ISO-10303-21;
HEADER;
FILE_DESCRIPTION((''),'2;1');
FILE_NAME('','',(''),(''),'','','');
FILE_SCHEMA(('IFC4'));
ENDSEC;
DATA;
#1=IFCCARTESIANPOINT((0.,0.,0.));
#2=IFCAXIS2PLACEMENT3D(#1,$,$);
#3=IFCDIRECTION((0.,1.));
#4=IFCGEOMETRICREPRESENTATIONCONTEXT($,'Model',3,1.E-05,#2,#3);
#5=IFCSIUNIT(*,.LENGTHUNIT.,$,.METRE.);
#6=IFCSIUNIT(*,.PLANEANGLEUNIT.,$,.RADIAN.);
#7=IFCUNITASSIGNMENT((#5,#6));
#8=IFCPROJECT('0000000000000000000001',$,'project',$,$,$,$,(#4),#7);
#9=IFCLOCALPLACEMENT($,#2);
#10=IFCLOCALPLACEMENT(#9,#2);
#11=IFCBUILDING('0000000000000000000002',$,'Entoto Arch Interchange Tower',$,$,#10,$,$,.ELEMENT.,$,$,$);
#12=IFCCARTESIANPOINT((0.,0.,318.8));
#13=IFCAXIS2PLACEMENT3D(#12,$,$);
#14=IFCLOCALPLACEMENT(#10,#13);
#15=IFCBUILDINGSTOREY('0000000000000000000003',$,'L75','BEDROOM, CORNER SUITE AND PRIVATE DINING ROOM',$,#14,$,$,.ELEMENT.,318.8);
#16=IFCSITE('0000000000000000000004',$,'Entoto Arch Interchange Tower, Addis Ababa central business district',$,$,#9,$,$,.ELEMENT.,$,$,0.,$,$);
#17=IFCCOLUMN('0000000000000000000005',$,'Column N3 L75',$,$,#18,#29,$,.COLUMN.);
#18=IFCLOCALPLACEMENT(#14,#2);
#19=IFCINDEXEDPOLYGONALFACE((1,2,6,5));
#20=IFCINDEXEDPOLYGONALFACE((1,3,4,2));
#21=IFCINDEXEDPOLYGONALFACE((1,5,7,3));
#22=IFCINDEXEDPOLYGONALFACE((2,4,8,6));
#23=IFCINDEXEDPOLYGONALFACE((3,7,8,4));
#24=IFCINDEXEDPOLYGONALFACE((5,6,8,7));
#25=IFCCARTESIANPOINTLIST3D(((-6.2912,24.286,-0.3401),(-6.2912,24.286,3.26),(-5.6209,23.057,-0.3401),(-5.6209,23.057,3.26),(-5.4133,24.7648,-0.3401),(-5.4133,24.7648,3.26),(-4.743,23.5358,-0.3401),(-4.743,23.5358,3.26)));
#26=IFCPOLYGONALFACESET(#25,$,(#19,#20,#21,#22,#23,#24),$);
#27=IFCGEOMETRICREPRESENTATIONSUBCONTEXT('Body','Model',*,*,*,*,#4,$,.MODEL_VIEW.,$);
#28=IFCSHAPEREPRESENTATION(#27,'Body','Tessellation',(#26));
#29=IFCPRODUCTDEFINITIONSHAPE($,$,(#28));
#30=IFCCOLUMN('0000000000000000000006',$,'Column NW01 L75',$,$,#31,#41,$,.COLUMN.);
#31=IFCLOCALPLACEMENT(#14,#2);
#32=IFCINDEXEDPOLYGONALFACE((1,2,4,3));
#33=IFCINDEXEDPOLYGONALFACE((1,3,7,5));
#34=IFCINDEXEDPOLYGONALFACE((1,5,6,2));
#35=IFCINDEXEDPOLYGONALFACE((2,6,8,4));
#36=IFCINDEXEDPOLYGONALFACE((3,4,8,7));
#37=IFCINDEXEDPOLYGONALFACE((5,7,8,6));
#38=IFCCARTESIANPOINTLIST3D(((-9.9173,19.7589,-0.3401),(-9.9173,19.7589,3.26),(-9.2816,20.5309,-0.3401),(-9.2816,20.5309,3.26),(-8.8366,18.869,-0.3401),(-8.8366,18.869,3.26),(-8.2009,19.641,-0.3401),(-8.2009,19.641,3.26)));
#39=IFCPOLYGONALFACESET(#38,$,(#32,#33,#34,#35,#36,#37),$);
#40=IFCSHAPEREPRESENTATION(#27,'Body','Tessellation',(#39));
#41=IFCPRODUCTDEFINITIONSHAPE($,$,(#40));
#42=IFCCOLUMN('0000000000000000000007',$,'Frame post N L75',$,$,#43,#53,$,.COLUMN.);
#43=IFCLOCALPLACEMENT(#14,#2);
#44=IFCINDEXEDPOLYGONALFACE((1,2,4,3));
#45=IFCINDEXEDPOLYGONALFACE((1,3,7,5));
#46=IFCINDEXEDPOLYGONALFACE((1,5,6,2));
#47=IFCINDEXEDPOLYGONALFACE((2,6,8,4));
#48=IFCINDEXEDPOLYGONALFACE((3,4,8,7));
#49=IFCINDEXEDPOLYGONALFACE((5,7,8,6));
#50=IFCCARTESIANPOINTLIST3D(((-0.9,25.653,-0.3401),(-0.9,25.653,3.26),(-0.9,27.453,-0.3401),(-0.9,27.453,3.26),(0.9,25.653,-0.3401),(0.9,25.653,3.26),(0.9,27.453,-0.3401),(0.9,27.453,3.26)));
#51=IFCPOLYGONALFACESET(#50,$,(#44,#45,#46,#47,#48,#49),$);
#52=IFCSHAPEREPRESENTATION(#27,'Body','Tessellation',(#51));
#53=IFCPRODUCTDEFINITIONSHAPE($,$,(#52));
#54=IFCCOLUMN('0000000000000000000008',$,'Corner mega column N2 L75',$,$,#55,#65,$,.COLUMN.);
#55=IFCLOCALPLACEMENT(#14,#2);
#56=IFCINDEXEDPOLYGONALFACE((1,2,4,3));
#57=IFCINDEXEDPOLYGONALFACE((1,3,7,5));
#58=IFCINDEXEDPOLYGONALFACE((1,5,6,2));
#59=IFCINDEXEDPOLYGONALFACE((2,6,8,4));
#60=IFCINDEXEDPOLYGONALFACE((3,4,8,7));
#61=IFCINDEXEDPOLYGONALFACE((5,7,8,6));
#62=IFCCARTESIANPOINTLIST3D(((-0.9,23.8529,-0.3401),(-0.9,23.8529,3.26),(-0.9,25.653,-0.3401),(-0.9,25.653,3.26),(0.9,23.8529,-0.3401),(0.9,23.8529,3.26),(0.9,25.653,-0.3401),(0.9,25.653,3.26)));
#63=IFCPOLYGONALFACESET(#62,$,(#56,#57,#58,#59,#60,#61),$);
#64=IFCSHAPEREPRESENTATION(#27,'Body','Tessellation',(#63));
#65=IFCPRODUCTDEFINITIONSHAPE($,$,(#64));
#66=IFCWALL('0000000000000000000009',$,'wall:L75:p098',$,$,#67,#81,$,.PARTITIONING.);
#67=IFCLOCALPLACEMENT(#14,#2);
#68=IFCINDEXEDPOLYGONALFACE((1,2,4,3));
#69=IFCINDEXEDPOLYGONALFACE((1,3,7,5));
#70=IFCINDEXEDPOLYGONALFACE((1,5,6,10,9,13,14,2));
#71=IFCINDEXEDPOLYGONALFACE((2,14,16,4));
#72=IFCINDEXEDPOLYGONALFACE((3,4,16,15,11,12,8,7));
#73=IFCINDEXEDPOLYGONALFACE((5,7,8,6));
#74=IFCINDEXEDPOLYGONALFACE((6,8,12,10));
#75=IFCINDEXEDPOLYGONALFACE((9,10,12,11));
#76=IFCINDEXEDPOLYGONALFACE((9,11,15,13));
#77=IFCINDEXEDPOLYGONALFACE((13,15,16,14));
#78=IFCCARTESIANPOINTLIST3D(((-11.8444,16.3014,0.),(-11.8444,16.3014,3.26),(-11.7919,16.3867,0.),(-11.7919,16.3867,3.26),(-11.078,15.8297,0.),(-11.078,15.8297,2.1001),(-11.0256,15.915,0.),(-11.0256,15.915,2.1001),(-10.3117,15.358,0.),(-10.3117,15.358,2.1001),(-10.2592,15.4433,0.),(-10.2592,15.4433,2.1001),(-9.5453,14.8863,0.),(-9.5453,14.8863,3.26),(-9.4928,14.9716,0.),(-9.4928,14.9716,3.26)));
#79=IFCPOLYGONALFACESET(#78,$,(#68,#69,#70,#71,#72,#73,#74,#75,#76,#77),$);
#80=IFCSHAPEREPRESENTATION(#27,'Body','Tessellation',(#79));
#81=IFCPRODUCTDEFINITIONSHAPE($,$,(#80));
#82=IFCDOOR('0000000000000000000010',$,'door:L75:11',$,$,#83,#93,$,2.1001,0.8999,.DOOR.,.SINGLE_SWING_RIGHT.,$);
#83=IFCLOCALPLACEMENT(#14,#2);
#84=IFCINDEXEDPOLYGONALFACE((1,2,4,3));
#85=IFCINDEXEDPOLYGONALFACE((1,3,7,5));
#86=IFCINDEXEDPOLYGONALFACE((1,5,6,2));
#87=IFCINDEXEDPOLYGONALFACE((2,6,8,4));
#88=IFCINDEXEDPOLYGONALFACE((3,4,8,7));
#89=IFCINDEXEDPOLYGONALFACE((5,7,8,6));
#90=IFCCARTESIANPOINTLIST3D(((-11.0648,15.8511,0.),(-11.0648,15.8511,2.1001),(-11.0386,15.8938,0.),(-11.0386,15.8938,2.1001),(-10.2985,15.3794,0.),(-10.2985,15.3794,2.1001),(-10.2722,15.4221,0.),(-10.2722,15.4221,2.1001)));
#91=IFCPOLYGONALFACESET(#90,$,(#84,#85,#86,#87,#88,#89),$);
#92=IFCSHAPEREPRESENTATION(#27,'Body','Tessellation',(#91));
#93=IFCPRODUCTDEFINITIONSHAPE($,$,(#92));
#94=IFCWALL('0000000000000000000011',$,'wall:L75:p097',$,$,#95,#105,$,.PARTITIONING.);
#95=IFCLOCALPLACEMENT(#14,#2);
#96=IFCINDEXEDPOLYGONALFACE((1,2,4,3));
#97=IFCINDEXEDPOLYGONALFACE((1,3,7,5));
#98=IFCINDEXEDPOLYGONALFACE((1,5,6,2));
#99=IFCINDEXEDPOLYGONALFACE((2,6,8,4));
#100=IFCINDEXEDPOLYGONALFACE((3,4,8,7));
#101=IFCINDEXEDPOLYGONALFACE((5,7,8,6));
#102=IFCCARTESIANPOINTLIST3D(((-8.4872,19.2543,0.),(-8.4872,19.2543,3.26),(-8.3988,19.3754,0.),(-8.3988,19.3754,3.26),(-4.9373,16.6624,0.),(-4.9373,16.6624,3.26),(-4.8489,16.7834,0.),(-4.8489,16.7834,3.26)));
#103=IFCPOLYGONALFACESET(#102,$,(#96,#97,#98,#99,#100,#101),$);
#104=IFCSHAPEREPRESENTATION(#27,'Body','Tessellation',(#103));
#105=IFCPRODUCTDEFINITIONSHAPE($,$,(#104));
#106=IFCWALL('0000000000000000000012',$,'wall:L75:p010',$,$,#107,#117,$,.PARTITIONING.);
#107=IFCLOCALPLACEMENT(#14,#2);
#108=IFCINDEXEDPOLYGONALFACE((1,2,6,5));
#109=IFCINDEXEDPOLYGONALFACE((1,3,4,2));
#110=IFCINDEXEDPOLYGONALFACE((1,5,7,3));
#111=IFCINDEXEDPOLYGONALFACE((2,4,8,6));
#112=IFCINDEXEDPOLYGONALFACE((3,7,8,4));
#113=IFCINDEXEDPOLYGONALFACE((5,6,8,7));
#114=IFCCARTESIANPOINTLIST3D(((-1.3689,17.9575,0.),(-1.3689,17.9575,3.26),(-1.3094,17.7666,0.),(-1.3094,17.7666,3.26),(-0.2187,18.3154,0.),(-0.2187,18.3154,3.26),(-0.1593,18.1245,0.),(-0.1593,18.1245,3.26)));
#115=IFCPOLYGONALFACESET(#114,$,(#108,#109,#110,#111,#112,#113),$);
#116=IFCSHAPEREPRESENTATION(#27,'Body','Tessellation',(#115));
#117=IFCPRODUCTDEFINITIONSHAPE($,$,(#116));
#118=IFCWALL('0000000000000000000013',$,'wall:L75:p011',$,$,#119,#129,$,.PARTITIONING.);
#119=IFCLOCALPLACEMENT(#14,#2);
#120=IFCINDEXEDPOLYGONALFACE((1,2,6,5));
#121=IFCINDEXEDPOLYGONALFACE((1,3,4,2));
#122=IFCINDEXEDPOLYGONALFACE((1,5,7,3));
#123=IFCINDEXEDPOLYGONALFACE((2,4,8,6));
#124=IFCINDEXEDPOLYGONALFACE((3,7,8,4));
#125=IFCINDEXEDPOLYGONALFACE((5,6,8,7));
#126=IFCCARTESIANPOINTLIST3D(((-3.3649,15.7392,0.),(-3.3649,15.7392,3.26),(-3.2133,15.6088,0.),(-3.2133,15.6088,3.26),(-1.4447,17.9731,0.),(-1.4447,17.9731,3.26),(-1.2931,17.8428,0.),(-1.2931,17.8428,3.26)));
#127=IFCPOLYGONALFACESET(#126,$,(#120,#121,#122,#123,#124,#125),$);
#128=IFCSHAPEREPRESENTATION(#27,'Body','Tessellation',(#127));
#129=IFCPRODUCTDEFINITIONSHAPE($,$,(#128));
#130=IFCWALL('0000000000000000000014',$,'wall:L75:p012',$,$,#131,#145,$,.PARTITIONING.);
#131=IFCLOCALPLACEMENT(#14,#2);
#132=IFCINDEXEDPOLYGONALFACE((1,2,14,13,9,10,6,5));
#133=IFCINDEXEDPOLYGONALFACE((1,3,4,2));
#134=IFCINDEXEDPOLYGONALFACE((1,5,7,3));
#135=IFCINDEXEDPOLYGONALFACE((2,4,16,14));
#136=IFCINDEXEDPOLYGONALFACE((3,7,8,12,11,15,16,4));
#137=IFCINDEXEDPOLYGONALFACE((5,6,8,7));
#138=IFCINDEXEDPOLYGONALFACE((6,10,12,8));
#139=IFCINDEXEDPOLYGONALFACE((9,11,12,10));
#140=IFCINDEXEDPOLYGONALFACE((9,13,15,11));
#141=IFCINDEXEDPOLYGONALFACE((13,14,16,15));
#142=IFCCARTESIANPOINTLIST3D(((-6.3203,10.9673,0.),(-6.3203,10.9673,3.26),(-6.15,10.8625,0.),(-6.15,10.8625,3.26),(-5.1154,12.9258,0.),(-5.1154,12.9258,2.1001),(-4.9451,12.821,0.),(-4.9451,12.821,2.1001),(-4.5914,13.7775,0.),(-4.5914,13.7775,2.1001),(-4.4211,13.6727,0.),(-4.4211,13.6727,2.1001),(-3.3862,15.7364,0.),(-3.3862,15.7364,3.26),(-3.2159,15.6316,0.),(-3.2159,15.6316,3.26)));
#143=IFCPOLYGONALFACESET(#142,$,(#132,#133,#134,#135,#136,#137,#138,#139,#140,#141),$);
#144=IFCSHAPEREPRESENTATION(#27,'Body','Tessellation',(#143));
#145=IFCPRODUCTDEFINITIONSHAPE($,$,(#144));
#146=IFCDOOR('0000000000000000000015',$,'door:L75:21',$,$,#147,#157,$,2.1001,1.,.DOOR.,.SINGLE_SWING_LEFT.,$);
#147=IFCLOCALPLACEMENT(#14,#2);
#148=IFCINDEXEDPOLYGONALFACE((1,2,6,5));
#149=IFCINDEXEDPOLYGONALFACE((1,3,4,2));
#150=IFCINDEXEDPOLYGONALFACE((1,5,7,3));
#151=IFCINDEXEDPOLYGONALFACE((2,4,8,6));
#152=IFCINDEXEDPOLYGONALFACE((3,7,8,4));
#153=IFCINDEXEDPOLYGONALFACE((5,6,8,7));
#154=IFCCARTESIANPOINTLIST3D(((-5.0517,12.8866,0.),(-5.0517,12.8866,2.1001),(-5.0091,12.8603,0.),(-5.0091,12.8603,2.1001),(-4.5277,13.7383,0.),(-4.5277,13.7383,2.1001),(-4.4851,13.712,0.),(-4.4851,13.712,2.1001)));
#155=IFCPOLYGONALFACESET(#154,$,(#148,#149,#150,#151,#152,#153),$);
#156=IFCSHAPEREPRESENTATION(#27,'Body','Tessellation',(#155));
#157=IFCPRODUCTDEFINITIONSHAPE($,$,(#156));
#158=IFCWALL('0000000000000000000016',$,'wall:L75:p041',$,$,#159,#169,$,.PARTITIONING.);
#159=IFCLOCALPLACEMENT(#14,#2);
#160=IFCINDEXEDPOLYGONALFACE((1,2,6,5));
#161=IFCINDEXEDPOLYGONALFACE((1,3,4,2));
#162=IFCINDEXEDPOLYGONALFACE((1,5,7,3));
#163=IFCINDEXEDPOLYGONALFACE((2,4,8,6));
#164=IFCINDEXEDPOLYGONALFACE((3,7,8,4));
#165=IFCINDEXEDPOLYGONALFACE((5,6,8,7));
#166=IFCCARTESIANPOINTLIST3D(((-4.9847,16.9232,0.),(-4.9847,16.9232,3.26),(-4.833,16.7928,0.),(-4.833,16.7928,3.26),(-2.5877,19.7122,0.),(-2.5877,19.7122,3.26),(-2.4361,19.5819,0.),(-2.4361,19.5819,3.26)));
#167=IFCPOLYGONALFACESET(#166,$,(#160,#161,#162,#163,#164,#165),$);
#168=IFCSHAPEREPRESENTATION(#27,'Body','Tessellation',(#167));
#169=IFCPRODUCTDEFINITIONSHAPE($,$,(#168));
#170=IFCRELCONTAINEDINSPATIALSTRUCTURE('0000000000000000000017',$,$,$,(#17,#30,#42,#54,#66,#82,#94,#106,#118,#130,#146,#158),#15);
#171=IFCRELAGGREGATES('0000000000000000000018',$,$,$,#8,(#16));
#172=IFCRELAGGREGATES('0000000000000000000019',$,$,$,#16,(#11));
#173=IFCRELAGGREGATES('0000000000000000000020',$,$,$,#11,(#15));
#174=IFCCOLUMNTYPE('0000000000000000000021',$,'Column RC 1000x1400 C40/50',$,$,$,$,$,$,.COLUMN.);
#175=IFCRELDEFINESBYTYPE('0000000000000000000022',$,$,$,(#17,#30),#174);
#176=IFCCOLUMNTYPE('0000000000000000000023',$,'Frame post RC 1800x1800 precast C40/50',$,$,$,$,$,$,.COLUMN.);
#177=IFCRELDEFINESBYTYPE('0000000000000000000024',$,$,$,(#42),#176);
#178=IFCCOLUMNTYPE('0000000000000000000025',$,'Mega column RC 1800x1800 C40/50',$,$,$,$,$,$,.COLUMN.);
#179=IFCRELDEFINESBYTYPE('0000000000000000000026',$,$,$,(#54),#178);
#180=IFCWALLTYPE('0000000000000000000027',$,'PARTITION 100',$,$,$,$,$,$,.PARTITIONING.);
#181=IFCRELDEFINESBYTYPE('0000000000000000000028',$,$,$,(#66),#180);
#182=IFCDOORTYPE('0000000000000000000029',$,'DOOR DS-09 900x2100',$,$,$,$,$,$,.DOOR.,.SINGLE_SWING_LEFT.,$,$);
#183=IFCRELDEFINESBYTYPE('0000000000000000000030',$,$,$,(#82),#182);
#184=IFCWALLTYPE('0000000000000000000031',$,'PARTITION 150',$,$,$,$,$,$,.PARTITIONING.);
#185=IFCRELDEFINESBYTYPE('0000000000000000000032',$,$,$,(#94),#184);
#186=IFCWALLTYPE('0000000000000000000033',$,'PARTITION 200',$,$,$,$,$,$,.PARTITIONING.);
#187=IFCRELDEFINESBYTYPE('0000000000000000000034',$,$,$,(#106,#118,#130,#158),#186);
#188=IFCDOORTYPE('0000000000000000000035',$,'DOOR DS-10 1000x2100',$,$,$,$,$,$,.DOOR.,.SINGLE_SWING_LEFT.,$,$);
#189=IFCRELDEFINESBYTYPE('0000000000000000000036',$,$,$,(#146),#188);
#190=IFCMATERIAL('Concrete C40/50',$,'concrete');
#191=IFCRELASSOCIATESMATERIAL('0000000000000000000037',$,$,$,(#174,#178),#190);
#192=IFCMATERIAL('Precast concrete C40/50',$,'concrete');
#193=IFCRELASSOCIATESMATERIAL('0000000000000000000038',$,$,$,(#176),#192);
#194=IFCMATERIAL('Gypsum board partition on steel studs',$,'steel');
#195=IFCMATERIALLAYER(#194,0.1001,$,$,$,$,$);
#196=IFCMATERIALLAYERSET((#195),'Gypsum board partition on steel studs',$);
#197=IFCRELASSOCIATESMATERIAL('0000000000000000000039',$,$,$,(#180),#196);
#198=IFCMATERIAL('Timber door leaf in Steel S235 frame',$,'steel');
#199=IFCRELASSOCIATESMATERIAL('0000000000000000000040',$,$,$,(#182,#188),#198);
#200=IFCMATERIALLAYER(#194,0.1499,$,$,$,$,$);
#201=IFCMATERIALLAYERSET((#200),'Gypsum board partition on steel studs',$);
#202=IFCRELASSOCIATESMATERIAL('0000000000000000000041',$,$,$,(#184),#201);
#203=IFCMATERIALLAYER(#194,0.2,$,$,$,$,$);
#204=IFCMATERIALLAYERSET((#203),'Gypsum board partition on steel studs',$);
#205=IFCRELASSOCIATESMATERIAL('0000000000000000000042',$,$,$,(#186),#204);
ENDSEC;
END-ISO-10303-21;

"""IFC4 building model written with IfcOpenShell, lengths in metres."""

from ifc_helpers import new_model, si_unit, direction, frame, frame_2d, origin, origin_2d, place, context, subcontext, project, spatial, rectangle, extrude, material, layer, layer_set, material_profile, profile_set, type_object, element, fill, save


model = new_model("IFC4")

# Units and contexts
model_context = context("Model", 3, precision=1e-05, world=origin(), true_north=direction((0.0, 1.0)))
body_context = subcontext(model_context, "Body", "Model", "MODEL_VIEW")
ifc_project = project(units=[si_unit("LENGTHUNIT", "METRE"), si_unit("PLANEANGLEUNIT", "RADIAN")], contexts=[model_context])

# Site, building, storey
site_placement = place(None, origin())
site = spatial("IfcSite", under=ifc_project, at=site_placement, Name="Entoto Arch Interchange Tower, Addis Ababa central business district", CompositionType="ELEMENT", RefElevation=0.0)
building_placement = place(site_placement, origin())
building = spatial("IfcBuilding", under=site, at=building_placement, Name="Entoto Arch Interchange Tower", CompositionType="ELEMENT")
storey_placement = place(building_placement, frame((0.0, 0.0, 318.8)))
storey = spatial("IfcBuildingStorey", under=building, at=storey_placement, Name="L75", Description="BEDROOM, CORNER SUITE AND PRIVATE DINING ROOM", CompositionType="ELEMENT", Elevation=318.8)

# Columns
ifc_material_1 = material(Name="Concrete C40/50", Category="concrete")
ifc_material_profile_1 = material_profile(ifc_material_1, rectangle(XDim=1.0, YDim=1.3999, at=origin_2d()))
ifc_profile_set_1 = profile_set([ifc_material_profile_1], Name="Concrete C40/50")
column_type_1 = type_object("IfcColumnType", Name="Column RC 1000x1400 C40/50", PredefinedType="COLUMN", material=ifc_profile_set_1)
for number, where, z_axis, x_axis, name in (
    (1, (-5.5171, 23.9109, -0.3401), (0.0, 0.0, 1.0), (0.877899, 0.478845, 0.0), "Column N3 L75"),
    (2, (-9.0591, 19.7, -0.3401), (0.0, 0.0, 1.0), (0.635647, 0.77198, 0.0), "Column NW01 L75"),
):
    element("IfcColumn", number, at=place(storey_placement, frame(where, z_axis=z_axis, x_axis=x_axis)), inside=storey, type_object=column_type_1, Name=name, PredefinedType="COLUMN", context=body_context, shape_type="SweptSolid", body=[
        extrude(rectangle(XDim=1.0, YDim=1.3999, at=origin_2d()), origin(), (0.0, 0.0, 1.0), 3.6001),
    ])
ifc_material_2 = material(Name="Precast concrete C40/50", Category="concrete")
ifc_material_profile_2 = material_profile(ifc_material_2, rectangle(XDim=1.8, YDim=1.8, at=origin_2d()))
ifc_profile_set_2 = profile_set([ifc_material_profile_2], Name="Precast concrete C40/50")
column_type_2 = type_object("IfcColumnType", Name="Frame post RC 1800x1800 precast C40/50", PredefinedType="COLUMN", material=ifc_profile_set_2)
column_1_placement = place(storey_placement, frame((0.0, 26.553, -0.3401), z_axis=(0.0, 0.0, 1.0), x_axis=(0.0, 1.0, 0.0)))
element("IfcColumn", 3, at=column_1_placement, inside=storey, type_object=column_type_2, Name="Frame post N L75", PredefinedType="COLUMN", context=body_context, shape_type="SweptSolid", body=[
    extrude(rectangle(XDim=1.8, YDim=1.8, at=origin_2d()), origin(), (0.0, 0.0, 1.0), 3.6001),
])
ifc_material_profile_3 = material_profile(ifc_material_1, rectangle(XDim=1.8, YDim=1.8, at=origin_2d()))
ifc_profile_set_3 = profile_set([ifc_material_profile_3], Name="Concrete C40/50")
column_type_3 = type_object("IfcColumnType", Name="Mega column RC 1800x1800 C40/50", PredefinedType="COLUMN", material=ifc_profile_set_3)
column_2_placement = place(storey_placement, frame((0.0, 24.7529, -0.3401), z_axis=(0.0, 0.0, 1.0), x_axis=(0.0, 1.0, 0.0)))
element("IfcColumn", 4, at=column_2_placement, inside=storey, type_object=column_type_3, Name="Corner mega column N2 L75", PredefinedType="COLUMN", context=body_context, shape_type="SweptSolid", body=[
    extrude(rectangle(XDim=1.8, YDim=1.8, at=origin_2d()), origin(), (0.0, 0.0, 1.0), 3.6001),
])

# Wall, opening, door
ifc_material_3 = material(Name="Gypsum board partition on steel studs", Category="steel")
ifc_layer_1 = layer(ifc_material_3, 0.1001)
ifc_layer_set_1 = layer_set([ifc_layer_1], Name="Gypsum board partition on steel studs")
wall_type_1 = type_object("IfcWallType", Name="PARTITION 100", PredefinedType="PARTITIONING", material=ifc_layer_set_1)
wall_1_placement = place(storey_placement, frame((-9.519, 14.929, 0.0), z_axis=(0.0, 0.0, 1.0), x_axis=(-0.851621, 0.524158, 0.0)))
wall_1 = element("IfcWall", 5, at=wall_1_placement, inside=storey, type_object=wall_type_1, Name="wall:L75:p098", PredefinedType="PARTITIONING", context=body_context, shape_type="SweptSolid", body=[
    extrude(rectangle(XDim=2.6997, YDim=0.1001, at=frame_2d((1.3499, 0.0))), origin(), (0.0, 0.0, 1.0), 3.26),
])
opening_1_placement = place(wall_1_placement, frame((0.8999, 0.0, 0.0)))
opening_1 = element("IfcOpeningElement", 6, at=opening_1_placement, cuts=wall_1, PredefinedType="OPENING", context=body_context, shape_type="SweptSolid", body=[
    extrude(rectangle(XDim=0.8999, YDim=2.1001, at=frame_2d((0.45, 1.05))), frame((0.0, 0.0601, 0.0), z_axis=(0.0, -1.0, 0.0), x_axis=(1.0, 0.0, 0.0)), (0.0, 0.0, 1.0), 0.1201),
])
ifc_material_4 = material(Name="Timber door leaf in Steel S235 frame", Category="steel")
door_type_1 = type_object("IfcDoorType", Name="DOOR DS-09 900x2100", OperationType="SINGLE_SWING_LEFT", PredefinedType="DOOR", material=ifc_material_4)
door_1_placement = place(opening_1_placement, origin())
door_1 = element("IfcDoor", 7, at=door_1_placement, inside=storey, type_object=door_type_1, Name="door:L75:11", OperationType="SINGLE_SWING_RIGHT", OverallHeight=2.1001, OverallWidth=0.8999, PredefinedType="DOOR", context=body_context, shape_type="SweptSolid", body=[
    extrude(rectangle(XDim=0.8999, YDim=2.1001, at=frame_2d((0.45, 1.05))), frame((0.0, 0.0249, 0.0), z_axis=(0.0, -1.0, 0.0), x_axis=(1.0, 0.0, 0.0)), (0.0, 0.0, 1.0), 0.05),
])
fill(opening_1, door_1)

# Walls
ifc_layer_2 = layer(ifc_material_3, 0.1499)
ifc_layer_set_2 = layer_set([ifc_layer_2], Name="Gypsum board partition on steel studs")
wall_type_2 = type_object("IfcWallType", Name="PARTITION 150", PredefinedType="PARTITIONING", material=ifc_layer_set_2)
wall_2_placement = place(storey_placement, frame((-4.8931, 16.7229, 0.0), z_axis=(0.0, 0.0, 1.0), x_axis=(-0.807632, 0.589687, 0.0)))
element("IfcWall", 8, at=wall_2_placement, inside=storey, type_object=wall_type_2, Name="wall:L75:p097", PredefinedType="PARTITIONING", context=body_context, shape_type="SweptSolid", body=[
    extrude(rectangle(XDim=4.3955, YDim=0.1499, at=frame_2d((2.1978, 0.0))), origin(), (0.0, 0.0, 1.0), 3.26),
])
ifc_layer_3 = layer(ifc_material_3, 0.2)
ifc_layer_set_3 = layer_set([ifc_layer_3], Name="Gypsum board partition on steel studs")
wall_type_3 = type_object("IfcWallType", Name="PARTITION 200", PredefinedType="PARTITIONING", material=ifc_layer_set_3)
wall_3_placement = place(storey_placement, frame((-0.189, 18.22, 0.0), z_axis=(0.0, 0.0, 1.0), x_axis=(-0.954836, -0.297132, 0.0)))
element("IfcWall", 9, at=wall_3_placement, inside=storey, type_object=wall_type_3, Name="wall:L75:p010", PredefinedType="PARTITIONING", context=body_context, shape_type="SweptSolid", body=[
    extrude(rectangle(XDim=1.2046, YDim=0.2, at=frame_2d((0.6023, 0.0))), origin(), (0.0, 0.0, 1.0), 3.26),
])
wall_4_placement = place(storey_placement, frame((-1.3689, 17.908, 0.0), z_axis=(0.0, 0.0, 1.0), x_axis=(-0.651849, -0.758349, 0.0)))
element("IfcWall", 10, at=wall_4_placement, inside=storey, type_object=wall_type_3, Name="wall:L75:p011", PredefinedType="PARTITIONING", context=body_context, shape_type="SweptSolid", body=[
    extrude(rectangle(XDim=2.9458, YDim=0.2, at=frame_2d((1.4729, 0.0))), origin(), (0.0, 0.0, 1.0), 3.26),
])

# Wall, opening, door
wall_5_placement = place(storey_placement, frame((-3.301, 15.6841, 0.0), z_axis=(0.0, 0.0, 1.0), x_axis=(-0.524005, -0.851715, 0.0)))
wall_5 = element("IfcWall", 11, at=wall_5_placement, inside=storey, type_object=wall_type_3, Name="wall:L75:p012", PredefinedType="PARTITIONING", context=body_context, shape_type="SweptSolid", body=[
    extrude(rectangle(XDim=5.5994, YDim=0.2, at=frame_2d((2.7998, 0.0))), origin(), (0.0, 0.0, 1.0), 3.26),
])
opening_2_placement = place(wall_5_placement, frame((2.3, 0.0, 0.0)))
opening_2 = element("IfcOpeningElement", 12, at=opening_2_placement, cuts=wall_5, PredefinedType="OPENING", context=body_context, shape_type="SweptSolid", body=[
    extrude(rectangle(XDim=1.0, YDim=2.1001, at=frame_2d((0.5, 1.05))), frame((0.0, 0.1099, 0.0), z_axis=(0.0, -1.0, 0.0), x_axis=(1.0, 0.0, 0.0)), (0.0, 0.0, 1.0), 0.22),
])
door_type_2 = type_object("IfcDoorType", Name="DOOR DS-10 1000x2100", OperationType="SINGLE_SWING_LEFT", PredefinedType="DOOR", material=ifc_material_4)
door_2_placement = place(opening_2_placement, origin())
door_2 = element("IfcDoor", 13, at=door_2_placement, inside=storey, type_object=door_type_2, Name="door:L75:21", OperationType="SINGLE_SWING_LEFT", OverallHeight=2.1001, OverallWidth=1.0, PredefinedType="DOOR", context=body_context, shape_type="SweptSolid", body=[
    extrude(rectangle(XDim=1.0, YDim=2.1001, at=frame_2d((0.5, 1.05))), frame((0.0, 0.0249, 0.0), z_axis=(0.0, -1.0, 0.0), x_axis=(1.0, 0.0, 0.0)), (0.0, 0.0, 1.0), 0.05),
])
fill(opening_2, door_2)

# Wall
wall_6_placement = place(storey_placement, frame((-4.9089, 16.8579, 0.0), z_axis=(0.0, 0.0, 1.0), x_axis=(0.651786, 0.758403, 0.0)))
element("IfcWall", 14, at=wall_6_placement, inside=storey, type_object=wall_type_3, Name="wall:L75:p041", PredefinedType="PARTITIONING", context=body_context, shape_type="SweptSolid", body=[
    extrude(rectangle(XDim=3.6775, YDim=0.2, at=frame_2d((1.8389, 0.0))), origin(), (0.0, 0.0, 1.0), 3.26),
])

save(model, "model.ifc")
